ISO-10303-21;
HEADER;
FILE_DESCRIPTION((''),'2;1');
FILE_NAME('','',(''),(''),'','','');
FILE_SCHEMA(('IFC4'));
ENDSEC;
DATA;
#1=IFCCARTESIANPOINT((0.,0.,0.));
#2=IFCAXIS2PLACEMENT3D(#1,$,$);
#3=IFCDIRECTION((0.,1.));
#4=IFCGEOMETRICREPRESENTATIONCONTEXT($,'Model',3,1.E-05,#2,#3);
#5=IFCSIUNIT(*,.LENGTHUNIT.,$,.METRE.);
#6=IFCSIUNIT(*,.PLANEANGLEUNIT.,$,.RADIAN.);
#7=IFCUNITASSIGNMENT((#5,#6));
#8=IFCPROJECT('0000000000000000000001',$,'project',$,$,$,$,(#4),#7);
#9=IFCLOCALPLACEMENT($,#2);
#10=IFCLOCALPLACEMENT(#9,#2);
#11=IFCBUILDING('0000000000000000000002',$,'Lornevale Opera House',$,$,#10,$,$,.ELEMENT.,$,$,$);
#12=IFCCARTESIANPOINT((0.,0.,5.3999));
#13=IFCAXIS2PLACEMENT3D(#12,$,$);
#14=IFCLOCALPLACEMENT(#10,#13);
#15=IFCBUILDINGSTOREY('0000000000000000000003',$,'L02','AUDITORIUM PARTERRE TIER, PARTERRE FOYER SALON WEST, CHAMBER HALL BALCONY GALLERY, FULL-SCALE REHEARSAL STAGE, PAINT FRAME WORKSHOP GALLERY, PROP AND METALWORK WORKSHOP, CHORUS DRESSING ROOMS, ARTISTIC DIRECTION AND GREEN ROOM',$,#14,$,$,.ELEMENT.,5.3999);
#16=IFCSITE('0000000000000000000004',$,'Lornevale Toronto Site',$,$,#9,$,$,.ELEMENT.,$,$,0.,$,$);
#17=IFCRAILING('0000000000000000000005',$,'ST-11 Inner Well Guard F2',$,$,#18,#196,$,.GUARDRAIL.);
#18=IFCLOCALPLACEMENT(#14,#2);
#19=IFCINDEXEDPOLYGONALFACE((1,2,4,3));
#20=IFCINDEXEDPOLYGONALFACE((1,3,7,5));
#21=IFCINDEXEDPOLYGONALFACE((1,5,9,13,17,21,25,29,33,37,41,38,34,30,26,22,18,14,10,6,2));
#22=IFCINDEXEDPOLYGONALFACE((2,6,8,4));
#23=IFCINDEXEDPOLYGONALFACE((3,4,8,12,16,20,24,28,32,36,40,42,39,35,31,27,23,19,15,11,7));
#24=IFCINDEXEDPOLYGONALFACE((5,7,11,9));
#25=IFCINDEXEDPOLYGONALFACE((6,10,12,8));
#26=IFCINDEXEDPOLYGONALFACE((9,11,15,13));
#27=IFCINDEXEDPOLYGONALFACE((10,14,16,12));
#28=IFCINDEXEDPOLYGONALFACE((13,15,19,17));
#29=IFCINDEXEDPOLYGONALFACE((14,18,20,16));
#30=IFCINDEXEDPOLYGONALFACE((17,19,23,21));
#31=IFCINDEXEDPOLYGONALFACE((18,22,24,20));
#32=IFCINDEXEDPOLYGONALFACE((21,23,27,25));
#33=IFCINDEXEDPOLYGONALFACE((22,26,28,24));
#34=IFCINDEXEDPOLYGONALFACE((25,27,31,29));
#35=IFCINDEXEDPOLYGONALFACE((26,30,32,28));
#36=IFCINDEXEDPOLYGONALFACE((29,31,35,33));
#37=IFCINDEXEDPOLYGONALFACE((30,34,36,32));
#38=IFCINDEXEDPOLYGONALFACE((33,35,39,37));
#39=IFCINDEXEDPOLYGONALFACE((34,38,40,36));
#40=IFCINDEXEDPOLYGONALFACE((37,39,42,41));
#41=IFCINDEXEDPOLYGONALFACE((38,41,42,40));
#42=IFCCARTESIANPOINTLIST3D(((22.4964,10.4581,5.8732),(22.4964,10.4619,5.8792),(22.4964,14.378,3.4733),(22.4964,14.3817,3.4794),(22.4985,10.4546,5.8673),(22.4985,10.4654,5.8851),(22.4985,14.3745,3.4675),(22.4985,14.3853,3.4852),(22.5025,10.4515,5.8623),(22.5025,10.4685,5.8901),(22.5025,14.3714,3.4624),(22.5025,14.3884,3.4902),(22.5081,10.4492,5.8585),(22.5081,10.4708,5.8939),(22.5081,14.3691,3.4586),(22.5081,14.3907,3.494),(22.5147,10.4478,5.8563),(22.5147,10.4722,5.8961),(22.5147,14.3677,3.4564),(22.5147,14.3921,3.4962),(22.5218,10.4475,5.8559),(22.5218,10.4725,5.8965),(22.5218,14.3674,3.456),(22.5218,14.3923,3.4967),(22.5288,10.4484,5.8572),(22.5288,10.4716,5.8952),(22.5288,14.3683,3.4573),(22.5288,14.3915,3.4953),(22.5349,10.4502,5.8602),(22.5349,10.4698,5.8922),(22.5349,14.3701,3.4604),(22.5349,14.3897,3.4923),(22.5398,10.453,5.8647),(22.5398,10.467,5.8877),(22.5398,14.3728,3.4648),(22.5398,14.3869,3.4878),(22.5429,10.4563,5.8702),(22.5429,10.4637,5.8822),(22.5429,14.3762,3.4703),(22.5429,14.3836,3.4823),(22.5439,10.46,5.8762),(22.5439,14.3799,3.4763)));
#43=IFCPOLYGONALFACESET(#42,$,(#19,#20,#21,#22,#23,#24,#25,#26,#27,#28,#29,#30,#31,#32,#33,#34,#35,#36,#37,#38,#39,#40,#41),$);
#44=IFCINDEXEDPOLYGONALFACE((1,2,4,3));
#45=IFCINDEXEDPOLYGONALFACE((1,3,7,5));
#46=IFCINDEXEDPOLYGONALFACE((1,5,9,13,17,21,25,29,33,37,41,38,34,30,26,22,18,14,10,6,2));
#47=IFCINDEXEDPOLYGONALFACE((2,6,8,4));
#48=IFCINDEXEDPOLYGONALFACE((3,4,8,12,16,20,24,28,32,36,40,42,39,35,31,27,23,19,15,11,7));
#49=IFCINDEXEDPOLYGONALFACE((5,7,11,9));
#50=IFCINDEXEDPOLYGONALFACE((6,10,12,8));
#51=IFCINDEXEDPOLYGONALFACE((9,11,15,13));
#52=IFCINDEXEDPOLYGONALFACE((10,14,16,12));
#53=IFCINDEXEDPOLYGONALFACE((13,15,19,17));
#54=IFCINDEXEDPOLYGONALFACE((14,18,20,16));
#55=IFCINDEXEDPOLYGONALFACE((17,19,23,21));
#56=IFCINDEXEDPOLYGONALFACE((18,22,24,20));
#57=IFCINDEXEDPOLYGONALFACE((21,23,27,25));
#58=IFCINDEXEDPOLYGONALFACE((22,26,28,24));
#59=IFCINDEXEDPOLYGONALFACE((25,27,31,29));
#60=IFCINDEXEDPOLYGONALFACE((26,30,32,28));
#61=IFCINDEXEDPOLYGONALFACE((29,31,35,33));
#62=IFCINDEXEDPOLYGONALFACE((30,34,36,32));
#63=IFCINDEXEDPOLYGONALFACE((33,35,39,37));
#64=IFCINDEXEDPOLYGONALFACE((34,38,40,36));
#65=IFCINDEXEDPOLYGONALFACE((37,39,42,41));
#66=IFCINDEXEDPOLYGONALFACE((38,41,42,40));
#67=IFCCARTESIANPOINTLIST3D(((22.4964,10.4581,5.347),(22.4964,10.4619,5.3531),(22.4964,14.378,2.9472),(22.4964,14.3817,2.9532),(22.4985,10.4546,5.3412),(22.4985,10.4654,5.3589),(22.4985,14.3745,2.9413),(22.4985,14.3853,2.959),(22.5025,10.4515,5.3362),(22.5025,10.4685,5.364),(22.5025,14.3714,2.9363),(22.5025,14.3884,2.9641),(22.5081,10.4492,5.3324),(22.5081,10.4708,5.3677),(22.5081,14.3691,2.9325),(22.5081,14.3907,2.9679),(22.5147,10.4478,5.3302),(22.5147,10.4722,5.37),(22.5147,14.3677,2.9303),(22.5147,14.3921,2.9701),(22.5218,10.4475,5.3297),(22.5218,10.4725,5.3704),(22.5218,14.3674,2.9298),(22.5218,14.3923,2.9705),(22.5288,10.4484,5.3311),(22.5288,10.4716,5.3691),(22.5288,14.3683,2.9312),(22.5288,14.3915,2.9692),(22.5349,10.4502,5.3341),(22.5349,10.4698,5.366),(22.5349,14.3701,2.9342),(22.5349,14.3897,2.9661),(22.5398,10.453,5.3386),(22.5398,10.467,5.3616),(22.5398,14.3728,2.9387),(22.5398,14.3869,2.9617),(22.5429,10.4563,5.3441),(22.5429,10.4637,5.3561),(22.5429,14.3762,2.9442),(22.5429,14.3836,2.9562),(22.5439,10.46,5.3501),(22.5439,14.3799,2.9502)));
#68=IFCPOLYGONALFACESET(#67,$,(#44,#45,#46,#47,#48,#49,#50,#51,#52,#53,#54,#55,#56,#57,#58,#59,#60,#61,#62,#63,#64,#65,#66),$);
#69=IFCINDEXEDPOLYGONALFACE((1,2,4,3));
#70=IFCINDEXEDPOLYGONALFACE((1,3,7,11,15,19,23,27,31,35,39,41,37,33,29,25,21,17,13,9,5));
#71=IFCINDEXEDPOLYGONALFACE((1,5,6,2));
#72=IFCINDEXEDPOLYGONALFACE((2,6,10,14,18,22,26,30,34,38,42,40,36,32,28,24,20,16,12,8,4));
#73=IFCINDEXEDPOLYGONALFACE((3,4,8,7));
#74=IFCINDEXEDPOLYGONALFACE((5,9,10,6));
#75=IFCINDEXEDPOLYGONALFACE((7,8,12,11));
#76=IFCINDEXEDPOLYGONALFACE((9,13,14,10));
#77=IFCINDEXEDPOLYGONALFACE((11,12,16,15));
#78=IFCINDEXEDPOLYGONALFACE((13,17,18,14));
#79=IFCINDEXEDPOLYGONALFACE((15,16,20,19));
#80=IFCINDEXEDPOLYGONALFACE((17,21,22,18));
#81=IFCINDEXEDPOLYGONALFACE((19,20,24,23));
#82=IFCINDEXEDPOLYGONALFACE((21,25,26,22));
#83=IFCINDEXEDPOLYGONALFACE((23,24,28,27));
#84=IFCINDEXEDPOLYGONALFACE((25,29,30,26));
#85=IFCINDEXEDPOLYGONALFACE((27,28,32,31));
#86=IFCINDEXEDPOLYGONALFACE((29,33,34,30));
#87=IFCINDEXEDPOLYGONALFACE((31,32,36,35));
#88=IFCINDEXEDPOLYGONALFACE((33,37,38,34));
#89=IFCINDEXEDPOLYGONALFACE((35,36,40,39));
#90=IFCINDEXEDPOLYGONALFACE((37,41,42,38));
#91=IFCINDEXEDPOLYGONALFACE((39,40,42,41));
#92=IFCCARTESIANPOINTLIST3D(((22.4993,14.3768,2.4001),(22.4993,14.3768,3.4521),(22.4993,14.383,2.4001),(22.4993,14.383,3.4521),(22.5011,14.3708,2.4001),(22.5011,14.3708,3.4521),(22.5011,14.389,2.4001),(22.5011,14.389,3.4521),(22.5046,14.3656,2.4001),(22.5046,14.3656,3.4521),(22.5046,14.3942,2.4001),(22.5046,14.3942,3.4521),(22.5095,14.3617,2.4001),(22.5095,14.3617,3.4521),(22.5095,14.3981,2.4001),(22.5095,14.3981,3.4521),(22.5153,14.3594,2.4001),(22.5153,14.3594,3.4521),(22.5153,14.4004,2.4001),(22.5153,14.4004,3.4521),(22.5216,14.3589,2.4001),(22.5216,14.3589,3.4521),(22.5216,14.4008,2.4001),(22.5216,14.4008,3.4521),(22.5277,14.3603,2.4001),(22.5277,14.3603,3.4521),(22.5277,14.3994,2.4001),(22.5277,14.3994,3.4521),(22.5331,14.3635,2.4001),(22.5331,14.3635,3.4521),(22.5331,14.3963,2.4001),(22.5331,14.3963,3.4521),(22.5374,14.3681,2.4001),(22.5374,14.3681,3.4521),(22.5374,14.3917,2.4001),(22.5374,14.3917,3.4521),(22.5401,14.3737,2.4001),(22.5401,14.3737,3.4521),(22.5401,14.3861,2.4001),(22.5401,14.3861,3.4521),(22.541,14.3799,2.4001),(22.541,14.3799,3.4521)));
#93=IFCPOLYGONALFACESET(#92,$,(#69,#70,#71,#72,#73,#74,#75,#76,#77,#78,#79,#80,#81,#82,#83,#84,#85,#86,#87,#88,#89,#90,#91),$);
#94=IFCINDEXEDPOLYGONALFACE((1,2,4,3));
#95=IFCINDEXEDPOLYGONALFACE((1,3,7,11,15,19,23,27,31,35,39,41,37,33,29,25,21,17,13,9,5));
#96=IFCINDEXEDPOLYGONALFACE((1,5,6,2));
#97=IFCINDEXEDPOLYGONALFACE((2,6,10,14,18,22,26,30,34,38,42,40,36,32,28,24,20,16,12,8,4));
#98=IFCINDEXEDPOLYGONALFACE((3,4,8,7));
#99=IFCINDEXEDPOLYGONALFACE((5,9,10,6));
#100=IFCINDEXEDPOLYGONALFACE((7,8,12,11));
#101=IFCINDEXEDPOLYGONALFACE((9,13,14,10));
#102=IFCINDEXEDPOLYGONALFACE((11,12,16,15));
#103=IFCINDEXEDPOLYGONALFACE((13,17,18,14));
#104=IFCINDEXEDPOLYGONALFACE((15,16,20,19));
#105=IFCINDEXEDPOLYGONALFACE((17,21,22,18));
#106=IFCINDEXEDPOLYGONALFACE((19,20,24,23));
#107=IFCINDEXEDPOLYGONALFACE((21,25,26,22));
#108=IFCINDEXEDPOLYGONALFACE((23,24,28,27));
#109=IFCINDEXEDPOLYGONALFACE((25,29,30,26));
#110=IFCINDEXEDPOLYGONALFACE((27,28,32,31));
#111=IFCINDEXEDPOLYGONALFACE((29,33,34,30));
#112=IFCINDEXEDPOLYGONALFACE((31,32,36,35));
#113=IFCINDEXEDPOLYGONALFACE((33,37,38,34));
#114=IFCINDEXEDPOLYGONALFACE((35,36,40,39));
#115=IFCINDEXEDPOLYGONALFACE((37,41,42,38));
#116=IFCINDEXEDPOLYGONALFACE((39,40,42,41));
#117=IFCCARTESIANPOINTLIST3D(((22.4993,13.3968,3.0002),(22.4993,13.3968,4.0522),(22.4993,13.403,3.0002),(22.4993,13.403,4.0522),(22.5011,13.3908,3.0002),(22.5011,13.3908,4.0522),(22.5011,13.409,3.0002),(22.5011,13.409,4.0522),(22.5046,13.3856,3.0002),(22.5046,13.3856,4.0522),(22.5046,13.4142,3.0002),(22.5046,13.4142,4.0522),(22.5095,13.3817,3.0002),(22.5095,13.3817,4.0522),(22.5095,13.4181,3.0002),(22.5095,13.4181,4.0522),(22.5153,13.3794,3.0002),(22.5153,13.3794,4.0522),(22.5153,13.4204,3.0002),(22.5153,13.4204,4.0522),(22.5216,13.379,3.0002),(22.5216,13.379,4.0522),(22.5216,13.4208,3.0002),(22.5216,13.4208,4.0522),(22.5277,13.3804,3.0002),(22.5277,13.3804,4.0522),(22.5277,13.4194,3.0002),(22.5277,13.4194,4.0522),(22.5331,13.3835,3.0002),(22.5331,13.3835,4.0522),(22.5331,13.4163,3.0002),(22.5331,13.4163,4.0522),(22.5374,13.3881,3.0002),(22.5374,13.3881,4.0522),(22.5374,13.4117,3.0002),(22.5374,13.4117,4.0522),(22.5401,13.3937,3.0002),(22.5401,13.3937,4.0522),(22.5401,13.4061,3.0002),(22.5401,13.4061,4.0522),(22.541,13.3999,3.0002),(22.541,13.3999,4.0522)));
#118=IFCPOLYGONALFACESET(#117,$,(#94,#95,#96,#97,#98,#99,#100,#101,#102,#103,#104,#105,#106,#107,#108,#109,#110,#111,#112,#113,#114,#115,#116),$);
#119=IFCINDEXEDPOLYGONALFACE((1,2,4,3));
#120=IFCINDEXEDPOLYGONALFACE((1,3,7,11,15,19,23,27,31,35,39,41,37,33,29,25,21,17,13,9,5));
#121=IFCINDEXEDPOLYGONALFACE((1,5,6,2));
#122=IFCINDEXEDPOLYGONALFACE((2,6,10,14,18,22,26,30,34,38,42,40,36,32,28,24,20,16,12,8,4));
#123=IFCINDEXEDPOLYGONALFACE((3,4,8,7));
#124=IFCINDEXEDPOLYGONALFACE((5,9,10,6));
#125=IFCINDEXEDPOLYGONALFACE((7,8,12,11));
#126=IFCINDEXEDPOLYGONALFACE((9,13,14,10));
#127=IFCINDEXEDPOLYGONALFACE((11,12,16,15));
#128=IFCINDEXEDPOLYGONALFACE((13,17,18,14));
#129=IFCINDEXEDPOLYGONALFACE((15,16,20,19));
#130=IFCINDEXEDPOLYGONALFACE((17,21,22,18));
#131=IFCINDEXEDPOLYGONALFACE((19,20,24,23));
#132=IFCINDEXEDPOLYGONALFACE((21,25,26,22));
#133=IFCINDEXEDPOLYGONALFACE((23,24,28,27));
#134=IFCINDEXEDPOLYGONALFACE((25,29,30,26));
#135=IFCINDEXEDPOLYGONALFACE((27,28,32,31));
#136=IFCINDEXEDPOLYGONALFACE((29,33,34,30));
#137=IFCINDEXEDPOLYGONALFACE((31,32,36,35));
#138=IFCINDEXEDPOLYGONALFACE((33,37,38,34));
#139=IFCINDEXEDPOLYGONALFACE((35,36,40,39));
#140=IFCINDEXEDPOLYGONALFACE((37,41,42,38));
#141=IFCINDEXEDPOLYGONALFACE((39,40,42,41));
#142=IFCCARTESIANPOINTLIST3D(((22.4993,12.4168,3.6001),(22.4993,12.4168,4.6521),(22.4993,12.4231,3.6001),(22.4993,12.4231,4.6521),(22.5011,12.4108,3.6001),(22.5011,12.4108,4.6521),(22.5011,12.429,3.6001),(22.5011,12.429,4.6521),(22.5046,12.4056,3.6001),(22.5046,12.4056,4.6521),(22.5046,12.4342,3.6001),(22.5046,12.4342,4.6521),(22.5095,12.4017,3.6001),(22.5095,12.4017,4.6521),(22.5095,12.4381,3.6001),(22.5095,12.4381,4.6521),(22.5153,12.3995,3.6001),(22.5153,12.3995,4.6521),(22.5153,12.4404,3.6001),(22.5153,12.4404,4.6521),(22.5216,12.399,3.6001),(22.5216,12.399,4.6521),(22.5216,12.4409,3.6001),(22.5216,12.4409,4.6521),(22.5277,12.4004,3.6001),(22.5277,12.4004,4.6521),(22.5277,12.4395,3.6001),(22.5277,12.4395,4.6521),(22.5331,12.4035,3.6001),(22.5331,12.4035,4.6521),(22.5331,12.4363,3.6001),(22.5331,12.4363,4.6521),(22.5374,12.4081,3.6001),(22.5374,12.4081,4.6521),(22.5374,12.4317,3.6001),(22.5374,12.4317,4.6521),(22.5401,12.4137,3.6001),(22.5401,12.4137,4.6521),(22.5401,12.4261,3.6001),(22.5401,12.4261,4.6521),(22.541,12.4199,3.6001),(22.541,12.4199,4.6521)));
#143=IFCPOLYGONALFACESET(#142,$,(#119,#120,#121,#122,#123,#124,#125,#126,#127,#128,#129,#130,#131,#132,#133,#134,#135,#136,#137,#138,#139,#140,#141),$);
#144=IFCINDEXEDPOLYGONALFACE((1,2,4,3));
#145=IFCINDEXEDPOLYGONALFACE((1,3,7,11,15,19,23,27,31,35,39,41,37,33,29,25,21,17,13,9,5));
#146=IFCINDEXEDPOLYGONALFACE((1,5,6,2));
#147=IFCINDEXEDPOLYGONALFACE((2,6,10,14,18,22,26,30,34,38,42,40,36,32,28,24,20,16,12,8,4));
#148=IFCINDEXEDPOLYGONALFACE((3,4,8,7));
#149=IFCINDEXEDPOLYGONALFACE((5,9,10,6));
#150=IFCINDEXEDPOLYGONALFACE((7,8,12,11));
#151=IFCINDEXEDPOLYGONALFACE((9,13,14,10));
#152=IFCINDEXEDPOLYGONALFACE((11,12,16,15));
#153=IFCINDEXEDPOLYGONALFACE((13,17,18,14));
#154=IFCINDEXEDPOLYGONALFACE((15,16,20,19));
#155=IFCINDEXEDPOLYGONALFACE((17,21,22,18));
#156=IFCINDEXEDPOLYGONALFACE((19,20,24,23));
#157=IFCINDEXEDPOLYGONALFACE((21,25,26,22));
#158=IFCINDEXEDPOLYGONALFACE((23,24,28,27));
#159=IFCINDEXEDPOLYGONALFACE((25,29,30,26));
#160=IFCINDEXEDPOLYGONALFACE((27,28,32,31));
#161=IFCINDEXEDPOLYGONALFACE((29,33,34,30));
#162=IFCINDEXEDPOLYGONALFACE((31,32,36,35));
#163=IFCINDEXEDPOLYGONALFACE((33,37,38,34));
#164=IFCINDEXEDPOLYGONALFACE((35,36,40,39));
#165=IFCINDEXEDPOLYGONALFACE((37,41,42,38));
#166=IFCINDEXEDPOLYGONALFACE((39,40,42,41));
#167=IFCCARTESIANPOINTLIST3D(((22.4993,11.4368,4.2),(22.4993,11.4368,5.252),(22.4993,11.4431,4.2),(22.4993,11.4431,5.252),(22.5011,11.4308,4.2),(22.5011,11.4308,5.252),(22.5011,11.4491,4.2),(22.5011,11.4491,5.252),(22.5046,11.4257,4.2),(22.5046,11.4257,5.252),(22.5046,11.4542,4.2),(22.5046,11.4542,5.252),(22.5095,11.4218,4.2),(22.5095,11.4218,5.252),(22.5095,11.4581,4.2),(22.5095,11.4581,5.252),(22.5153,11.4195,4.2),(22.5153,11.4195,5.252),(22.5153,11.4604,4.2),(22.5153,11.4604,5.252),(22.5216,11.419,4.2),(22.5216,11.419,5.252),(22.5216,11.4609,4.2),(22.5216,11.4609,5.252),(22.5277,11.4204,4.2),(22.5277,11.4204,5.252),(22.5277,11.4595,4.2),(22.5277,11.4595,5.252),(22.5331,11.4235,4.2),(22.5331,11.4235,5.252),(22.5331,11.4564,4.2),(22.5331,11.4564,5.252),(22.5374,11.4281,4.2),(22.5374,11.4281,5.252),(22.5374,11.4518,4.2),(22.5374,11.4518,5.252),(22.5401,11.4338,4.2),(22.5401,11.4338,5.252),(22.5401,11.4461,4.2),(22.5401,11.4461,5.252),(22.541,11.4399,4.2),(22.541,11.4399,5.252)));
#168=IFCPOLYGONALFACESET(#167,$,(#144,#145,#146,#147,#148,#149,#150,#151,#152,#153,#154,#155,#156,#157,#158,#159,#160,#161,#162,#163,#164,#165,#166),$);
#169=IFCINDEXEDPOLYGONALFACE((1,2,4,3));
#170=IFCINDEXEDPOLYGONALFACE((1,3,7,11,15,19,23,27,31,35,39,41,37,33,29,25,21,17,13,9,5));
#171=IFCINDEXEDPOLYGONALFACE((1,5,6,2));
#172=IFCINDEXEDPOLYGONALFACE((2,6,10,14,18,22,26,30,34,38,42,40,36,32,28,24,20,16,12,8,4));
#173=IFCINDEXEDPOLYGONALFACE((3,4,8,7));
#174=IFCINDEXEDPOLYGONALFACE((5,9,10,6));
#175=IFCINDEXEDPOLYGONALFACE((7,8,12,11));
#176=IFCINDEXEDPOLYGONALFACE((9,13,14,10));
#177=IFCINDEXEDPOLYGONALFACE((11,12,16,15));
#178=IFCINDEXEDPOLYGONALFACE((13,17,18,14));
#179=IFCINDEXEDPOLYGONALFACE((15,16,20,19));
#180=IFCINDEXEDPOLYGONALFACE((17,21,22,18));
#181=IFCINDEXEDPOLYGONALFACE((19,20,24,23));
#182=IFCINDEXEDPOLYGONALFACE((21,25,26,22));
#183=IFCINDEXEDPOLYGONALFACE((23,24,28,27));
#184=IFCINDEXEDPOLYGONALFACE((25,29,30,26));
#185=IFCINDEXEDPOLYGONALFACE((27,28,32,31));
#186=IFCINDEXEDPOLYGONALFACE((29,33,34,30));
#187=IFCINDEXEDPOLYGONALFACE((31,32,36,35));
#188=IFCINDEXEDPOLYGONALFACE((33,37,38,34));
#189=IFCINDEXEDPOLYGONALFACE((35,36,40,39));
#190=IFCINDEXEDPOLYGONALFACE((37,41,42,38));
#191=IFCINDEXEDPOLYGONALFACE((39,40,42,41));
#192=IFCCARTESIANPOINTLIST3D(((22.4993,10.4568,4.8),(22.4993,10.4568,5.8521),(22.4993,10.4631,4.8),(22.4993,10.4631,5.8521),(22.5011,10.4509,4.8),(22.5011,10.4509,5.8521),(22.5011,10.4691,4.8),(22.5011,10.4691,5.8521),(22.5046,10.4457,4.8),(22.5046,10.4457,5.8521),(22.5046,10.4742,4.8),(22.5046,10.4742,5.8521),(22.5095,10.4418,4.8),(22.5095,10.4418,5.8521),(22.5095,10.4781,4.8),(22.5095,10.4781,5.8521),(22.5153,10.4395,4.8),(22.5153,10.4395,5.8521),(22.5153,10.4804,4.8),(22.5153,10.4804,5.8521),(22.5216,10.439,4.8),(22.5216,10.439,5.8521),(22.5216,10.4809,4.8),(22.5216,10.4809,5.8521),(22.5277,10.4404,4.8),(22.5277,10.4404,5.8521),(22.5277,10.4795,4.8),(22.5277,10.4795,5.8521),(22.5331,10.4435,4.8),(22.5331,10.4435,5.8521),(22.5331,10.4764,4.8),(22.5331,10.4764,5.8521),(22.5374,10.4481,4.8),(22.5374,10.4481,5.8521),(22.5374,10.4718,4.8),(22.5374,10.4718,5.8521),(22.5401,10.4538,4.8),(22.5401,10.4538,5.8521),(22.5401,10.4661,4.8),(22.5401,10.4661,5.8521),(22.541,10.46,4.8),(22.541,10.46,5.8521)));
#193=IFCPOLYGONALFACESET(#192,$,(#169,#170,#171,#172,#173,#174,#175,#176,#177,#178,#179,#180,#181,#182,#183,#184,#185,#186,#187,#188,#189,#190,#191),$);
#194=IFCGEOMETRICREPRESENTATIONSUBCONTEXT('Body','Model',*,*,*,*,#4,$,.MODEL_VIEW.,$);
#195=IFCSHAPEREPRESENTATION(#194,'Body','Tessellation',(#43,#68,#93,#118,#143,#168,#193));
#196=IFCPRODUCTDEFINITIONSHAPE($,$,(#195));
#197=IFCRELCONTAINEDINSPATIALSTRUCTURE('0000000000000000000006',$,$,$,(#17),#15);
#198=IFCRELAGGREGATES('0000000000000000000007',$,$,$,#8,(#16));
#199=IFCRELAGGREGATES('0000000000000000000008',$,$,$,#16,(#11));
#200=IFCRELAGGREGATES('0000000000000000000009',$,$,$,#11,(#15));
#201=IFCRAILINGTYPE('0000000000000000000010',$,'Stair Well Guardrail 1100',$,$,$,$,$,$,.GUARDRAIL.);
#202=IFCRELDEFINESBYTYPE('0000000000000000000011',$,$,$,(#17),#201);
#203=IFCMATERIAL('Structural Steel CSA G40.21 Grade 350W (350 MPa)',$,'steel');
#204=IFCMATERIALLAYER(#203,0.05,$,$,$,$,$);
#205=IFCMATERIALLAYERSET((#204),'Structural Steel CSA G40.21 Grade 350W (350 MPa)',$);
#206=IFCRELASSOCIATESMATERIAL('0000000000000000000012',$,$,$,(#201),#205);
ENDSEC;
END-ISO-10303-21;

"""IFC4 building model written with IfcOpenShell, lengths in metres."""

from ifc_helpers import new_model, si_unit, direction, frame, origin, origin_2d, place, context, subcontext, project, spatial, circle, extrude, material, layer, layer_set, type_object, element, save


model = new_model("IFC4")

# Units and contexts
model_context = context("Model", 3, precision=1e-05, world=origin(), true_north=direction((0.0, 1.0)))
body_context = subcontext(model_context, "Body", "Model", "MODEL_VIEW")
ifc_project = project(units=[si_unit("LENGTHUNIT", "METRE"), si_unit("PLANEANGLEUNIT", "RADIAN")], contexts=[model_context])

# Site, building, storey
site_placement = place(None, origin())
site = spatial("IfcSite", under=ifc_project, at=site_placement, Name="Lornevale Toronto Site", CompositionType="ELEMENT", RefElevation=0.0)
building_placement = place(site_placement, origin())
building = spatial("IfcBuilding", under=site, at=building_placement, Name="Lornevale Opera House", CompositionType="ELEMENT")
storey_placement = place(building_placement, frame((0.0, 0.0, 5.3999)))
storey = spatial("IfcBuildingStorey", under=building, at=storey_placement, Name="L02", Description="AUDITORIUM PARTERRE TIER, PARTERRE FOYER SALON WEST, CHAMBER HALL BALCONY GALLERY, FULL-SCALE REHEARSAL STAGE, PAINT FRAME WORKSHOP GALLERY, PROP AND METALWORK WORKSHOP, CHORUS DRESSING ROOMS, ARTISTIC DIRECTION AND GREEN ROOM", CompositionType="ELEMENT", Elevation=5.3999)

# Shared definitions
ifc_material_1 = material(Name="Structural Steel CSA G40.21 Grade 350W (350 MPa)", Category="steel")

# Railing
ifc_layer_1 = layer(ifc_material_1, 0.05)
ifc_layer_set_1 = layer_set([ifc_layer_1], Name="Structural Steel CSA G40.21 Grade 350W (350 MPa)")
railing_type = type_object("IfcRailingType", Name="Stair Well Guardrail 1100", PredefinedType="GUARDRAIL", material=ifc_layer_set_1)
railing_1_placement = place(storey_placement, frame((22.52, 14.3799, 2.4001)))
element("IfcRailing", 1, at=railing_1_placement, inside=storey, type_object=railing_type, Name="ST-11 Inner Well Guard F2", PredefinedType="GUARDRAIL", context=body_context, shape_type="SweptSolid", body=[
    extrude(circle(Radius=0.0239, at=origin_2d()), frame((0.0, 0.0, 1.0762), z_axis=(0.0, -0.852856, 0.522146), x_axis=(1.0, 0.0, 0.0)), (0.0, 0.0, 1.0), 4.5962),
    extrude(circle(Radius=0.0239, at=origin_2d()), frame((0.0, 0.0, 0.55), z_axis=(0.0, -0.852856, 0.522146), x_axis=(1.0, 0.0, 0.0)), (0.0, 0.0, 1.0), 4.5962),
    extrude(circle(Radius=0.021, at=origin_2d()), origin(), (0.0, 0.0, 1.0), 1.052),
    extrude(circle(Radius=0.021, at=origin_2d()), frame((0.0, -0.98, 0.6001)), (0.0, 0.0, 1.0), 1.052),
    extrude(circle(Radius=0.021, at=origin_2d()), frame((0.0, -1.96, 1.2)), (0.0, 0.0, 1.0), 1.052),
    extrude(circle(Radius=0.021, at=origin_2d()), frame((0.0, -2.9399, 1.7998)), (0.0, 0.0, 1.0), 1.052),
    extrude(circle(Radius=0.021, at=origin_2d()), frame((0.0, -3.9199, 2.3999)), (0.0, 0.0, 1.0), 1.052),
])

save(model, "model.ifc")
